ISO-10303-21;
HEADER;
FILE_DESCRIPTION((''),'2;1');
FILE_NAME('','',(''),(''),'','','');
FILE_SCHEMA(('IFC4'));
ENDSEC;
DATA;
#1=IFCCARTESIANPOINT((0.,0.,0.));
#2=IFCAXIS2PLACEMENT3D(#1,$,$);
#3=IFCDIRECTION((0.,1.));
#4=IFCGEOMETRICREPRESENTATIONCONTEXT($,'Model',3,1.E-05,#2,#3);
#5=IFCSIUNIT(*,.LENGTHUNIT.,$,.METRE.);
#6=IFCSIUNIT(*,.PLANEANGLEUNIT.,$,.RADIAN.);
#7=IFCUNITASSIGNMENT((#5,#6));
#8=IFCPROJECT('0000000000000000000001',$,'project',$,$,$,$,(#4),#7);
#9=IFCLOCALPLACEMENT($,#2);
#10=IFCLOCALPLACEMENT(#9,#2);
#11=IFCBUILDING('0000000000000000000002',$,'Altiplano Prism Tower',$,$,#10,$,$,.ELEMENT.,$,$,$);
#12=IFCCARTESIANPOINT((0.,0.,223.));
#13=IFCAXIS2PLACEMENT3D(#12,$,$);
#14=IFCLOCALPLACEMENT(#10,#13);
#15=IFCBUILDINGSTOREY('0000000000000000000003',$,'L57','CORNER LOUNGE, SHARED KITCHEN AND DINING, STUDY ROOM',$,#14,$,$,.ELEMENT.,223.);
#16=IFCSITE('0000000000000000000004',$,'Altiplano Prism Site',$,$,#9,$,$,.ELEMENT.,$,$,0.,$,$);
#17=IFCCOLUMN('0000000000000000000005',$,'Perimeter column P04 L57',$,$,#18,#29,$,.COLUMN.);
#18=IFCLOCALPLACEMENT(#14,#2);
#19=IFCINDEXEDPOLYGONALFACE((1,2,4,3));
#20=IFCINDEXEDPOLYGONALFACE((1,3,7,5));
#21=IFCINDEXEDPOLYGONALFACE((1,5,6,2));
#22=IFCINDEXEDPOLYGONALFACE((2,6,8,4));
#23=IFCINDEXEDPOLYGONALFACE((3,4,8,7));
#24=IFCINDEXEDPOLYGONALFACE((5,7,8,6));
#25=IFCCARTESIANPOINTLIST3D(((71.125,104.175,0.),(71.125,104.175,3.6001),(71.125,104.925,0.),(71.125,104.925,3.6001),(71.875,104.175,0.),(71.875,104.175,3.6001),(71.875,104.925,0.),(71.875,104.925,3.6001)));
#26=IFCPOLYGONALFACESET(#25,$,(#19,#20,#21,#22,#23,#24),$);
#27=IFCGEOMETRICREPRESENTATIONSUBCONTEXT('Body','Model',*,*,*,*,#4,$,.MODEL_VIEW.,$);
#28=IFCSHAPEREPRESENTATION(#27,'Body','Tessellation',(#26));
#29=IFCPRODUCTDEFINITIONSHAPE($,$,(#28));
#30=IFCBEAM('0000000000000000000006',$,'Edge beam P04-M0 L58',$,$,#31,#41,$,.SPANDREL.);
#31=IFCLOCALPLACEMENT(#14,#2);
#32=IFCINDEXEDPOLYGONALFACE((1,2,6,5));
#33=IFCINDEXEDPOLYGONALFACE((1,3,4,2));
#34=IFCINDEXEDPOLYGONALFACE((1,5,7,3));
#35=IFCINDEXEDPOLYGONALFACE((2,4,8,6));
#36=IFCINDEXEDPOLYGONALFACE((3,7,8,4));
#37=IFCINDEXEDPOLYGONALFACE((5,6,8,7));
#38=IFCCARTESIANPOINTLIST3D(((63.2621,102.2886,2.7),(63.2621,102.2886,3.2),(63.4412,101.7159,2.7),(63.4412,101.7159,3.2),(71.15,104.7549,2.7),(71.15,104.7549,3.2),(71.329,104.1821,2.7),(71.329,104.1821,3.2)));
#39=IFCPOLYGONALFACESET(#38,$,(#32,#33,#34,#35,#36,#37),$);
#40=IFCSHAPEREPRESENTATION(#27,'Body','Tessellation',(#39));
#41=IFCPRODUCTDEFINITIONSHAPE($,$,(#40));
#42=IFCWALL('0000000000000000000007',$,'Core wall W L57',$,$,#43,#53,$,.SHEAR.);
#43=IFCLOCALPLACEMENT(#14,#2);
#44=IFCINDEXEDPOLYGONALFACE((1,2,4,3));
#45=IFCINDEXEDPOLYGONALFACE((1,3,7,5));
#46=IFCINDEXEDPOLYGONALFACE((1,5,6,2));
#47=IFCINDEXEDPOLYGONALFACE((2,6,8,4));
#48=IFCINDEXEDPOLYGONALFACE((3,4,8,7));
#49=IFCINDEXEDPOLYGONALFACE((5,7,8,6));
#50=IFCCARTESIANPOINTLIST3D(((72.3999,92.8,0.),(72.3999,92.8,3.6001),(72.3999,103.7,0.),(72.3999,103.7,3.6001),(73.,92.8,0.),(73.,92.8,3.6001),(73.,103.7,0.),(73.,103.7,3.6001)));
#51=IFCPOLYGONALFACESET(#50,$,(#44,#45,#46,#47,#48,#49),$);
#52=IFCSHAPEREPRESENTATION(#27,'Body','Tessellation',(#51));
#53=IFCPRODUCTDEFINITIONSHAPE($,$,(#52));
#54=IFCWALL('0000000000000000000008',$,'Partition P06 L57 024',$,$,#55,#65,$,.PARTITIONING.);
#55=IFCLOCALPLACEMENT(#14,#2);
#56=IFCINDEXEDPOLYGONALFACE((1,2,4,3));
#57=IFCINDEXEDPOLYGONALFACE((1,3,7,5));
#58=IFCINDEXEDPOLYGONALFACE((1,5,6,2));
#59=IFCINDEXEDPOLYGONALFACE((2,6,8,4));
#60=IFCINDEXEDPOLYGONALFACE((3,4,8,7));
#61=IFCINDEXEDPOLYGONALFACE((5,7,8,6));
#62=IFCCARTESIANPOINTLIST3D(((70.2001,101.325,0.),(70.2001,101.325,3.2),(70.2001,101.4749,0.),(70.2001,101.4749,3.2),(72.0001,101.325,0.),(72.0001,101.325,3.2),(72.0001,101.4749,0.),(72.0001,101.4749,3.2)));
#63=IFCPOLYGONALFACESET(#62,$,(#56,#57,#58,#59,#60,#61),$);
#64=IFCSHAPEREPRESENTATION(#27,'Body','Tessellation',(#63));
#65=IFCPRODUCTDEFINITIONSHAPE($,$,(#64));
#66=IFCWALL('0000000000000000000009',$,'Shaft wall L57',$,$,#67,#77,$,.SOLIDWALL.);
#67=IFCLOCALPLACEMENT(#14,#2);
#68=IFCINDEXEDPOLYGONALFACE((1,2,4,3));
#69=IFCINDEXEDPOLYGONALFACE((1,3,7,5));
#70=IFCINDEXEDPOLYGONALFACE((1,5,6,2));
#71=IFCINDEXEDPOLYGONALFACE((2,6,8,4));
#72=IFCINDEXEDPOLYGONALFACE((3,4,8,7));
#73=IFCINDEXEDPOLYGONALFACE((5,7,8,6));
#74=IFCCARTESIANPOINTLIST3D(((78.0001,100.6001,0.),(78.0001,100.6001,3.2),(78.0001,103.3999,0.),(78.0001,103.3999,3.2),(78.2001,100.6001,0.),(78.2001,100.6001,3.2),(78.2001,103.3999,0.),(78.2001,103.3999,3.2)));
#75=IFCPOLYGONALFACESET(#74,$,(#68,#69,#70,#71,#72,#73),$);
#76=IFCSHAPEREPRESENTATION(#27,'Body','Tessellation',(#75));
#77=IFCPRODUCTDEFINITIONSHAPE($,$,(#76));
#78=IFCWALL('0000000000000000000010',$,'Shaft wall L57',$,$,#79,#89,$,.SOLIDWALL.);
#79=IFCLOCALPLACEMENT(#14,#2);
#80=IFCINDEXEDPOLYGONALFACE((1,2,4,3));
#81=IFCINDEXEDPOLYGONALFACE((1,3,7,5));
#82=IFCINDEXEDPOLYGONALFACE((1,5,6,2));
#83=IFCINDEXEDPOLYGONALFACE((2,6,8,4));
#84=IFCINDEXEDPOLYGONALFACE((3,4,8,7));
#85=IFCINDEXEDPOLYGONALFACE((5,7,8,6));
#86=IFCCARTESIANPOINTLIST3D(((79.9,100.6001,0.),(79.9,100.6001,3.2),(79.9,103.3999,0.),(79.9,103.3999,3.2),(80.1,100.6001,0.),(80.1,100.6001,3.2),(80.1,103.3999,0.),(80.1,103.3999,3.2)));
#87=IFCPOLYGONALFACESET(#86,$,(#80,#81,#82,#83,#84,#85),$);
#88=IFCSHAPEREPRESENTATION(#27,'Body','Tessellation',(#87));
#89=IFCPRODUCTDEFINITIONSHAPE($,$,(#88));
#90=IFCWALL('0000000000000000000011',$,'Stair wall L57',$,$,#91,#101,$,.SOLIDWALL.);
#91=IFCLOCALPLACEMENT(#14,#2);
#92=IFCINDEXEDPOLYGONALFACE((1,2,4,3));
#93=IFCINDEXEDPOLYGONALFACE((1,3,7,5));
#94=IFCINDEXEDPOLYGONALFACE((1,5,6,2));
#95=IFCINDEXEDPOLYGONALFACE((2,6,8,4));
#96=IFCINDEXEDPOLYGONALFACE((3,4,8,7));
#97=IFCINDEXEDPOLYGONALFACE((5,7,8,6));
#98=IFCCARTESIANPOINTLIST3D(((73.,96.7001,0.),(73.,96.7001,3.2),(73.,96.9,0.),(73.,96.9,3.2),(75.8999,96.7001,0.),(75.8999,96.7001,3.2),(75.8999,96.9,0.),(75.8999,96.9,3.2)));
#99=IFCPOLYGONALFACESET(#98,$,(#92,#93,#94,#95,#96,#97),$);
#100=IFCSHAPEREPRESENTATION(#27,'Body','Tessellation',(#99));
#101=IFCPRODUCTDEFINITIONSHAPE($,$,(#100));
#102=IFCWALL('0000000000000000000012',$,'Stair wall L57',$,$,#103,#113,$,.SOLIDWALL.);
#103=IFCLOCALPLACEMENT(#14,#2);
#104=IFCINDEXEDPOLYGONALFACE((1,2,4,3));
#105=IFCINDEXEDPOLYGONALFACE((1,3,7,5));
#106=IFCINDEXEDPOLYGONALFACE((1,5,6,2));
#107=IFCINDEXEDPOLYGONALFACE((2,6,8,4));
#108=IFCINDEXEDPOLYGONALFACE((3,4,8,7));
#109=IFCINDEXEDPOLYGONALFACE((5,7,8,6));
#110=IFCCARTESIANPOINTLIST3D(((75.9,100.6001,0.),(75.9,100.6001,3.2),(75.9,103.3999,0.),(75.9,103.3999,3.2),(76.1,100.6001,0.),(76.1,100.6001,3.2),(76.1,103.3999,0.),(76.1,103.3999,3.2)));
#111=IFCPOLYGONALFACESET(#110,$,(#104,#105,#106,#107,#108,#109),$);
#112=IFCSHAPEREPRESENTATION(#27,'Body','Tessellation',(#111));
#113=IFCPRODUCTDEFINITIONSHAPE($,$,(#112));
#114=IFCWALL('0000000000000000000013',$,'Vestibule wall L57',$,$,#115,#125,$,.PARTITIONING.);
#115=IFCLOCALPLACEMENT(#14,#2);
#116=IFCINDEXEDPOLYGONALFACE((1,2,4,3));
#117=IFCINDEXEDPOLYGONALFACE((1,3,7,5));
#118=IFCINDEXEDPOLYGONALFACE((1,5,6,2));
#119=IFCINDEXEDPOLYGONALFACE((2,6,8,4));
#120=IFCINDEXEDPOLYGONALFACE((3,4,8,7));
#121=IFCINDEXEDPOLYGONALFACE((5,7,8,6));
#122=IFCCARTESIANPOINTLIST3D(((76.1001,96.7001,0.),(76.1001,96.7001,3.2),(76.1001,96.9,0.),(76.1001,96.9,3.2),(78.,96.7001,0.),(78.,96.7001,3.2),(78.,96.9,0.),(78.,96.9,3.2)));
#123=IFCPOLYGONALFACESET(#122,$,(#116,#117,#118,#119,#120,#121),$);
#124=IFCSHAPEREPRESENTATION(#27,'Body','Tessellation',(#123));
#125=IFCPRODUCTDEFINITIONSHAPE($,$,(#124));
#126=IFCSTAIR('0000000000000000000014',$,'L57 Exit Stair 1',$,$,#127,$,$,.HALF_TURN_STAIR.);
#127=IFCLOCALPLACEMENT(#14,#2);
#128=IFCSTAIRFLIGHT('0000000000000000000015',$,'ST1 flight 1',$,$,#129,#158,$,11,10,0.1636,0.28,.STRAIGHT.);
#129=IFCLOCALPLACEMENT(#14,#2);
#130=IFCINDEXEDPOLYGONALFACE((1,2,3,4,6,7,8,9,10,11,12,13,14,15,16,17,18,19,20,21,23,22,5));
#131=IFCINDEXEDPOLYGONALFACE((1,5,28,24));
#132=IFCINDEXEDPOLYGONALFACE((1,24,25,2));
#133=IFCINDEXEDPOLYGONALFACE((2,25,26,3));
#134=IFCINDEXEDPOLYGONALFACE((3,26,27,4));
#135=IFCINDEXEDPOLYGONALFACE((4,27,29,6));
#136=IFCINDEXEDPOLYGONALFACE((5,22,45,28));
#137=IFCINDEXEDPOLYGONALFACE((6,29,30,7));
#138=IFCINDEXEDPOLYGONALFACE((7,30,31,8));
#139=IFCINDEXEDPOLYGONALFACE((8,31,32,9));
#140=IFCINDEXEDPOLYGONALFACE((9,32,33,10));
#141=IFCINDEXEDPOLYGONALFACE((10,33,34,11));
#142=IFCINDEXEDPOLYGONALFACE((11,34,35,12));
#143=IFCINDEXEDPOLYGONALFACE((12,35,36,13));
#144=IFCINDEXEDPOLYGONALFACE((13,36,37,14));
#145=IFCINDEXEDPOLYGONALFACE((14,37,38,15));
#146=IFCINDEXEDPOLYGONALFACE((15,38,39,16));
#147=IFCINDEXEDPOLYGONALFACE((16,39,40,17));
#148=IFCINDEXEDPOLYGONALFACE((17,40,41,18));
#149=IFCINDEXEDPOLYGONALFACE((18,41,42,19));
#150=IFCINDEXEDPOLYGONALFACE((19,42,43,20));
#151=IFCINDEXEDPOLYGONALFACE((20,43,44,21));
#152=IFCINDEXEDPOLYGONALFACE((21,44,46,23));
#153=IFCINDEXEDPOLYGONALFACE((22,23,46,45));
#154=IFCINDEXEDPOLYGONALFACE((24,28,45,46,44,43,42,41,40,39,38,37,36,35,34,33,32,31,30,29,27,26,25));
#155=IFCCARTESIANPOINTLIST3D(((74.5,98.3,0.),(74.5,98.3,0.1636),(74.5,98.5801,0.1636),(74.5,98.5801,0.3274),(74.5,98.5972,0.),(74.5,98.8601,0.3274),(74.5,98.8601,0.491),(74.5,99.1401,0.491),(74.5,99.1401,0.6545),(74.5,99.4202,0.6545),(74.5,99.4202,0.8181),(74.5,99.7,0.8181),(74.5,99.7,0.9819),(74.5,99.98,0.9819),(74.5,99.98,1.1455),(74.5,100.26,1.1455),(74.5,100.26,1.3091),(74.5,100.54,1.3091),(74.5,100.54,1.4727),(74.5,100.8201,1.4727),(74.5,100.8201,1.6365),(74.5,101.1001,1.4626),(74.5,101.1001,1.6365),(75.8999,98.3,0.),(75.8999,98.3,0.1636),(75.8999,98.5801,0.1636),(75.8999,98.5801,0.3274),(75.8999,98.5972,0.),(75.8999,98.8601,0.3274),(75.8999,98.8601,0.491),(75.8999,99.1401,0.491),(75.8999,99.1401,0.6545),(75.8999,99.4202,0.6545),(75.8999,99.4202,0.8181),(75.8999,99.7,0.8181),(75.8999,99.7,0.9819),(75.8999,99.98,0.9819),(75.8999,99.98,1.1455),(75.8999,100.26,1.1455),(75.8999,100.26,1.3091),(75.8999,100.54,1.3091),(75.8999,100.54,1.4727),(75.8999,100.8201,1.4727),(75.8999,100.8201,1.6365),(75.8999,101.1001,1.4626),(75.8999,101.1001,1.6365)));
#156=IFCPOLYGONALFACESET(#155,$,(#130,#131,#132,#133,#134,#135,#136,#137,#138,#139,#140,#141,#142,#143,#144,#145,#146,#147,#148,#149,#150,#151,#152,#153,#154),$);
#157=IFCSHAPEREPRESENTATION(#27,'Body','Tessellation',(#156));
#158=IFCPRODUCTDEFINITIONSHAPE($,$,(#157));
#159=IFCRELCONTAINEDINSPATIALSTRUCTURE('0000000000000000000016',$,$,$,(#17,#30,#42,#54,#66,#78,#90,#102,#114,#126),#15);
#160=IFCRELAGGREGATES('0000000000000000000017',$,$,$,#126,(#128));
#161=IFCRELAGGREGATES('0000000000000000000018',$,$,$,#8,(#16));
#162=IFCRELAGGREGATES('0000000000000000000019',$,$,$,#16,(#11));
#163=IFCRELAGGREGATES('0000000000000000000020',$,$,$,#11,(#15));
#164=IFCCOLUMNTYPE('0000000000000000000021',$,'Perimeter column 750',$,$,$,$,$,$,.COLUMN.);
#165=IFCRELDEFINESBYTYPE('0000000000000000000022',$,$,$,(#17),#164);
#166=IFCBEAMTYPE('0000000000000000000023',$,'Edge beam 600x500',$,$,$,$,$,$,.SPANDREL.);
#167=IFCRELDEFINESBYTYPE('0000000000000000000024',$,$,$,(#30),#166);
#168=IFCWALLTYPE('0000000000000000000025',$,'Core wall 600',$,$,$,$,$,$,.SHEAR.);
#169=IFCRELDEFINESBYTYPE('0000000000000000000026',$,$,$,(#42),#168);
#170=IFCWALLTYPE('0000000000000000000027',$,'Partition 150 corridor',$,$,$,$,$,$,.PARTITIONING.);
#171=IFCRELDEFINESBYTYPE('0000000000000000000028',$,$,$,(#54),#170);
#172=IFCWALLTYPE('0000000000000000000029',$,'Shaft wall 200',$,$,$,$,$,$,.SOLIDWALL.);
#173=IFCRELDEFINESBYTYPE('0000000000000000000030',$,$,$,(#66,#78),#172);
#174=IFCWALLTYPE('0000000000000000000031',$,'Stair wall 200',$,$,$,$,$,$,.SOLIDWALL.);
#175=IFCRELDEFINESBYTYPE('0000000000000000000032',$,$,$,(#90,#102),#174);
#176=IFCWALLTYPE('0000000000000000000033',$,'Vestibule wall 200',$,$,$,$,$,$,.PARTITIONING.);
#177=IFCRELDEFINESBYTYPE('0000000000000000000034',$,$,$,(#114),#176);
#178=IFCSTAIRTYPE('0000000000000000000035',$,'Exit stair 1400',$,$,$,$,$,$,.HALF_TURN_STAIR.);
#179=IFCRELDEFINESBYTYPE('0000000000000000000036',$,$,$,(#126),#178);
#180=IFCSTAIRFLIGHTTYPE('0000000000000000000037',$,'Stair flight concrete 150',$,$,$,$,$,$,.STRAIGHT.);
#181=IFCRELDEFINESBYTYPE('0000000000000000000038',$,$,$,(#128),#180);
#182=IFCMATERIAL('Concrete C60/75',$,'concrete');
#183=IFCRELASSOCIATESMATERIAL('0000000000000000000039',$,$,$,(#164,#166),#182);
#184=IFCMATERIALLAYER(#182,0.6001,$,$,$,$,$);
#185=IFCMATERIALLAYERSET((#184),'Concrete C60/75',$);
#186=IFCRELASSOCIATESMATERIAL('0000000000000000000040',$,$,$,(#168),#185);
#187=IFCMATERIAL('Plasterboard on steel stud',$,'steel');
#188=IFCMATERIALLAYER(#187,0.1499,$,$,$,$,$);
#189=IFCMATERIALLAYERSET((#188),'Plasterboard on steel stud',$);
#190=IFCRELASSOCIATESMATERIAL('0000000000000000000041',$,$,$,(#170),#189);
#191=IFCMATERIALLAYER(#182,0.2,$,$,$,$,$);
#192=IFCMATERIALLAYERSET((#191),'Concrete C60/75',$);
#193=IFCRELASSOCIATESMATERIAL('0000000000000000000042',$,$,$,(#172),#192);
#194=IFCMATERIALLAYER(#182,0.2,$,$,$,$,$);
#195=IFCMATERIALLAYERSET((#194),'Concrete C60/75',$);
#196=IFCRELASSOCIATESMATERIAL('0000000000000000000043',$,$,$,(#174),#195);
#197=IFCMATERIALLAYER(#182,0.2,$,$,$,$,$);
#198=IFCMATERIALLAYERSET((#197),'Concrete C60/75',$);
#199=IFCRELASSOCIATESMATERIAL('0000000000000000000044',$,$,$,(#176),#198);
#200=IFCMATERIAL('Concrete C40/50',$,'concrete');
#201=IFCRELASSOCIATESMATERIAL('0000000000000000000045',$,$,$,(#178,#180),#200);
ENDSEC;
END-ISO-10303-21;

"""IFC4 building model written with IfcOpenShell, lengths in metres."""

from ifc_helpers import new_model, si_unit, direction, frame, frame_2d, origin, origin_2d, place, context, subcontext, project, spatial, polyline, rectangle, outline, extrude, material, layer, layer_set, material_profile, profile_set, type_object, element, aggregate, save


model = new_model("IFC4")

# Units and contexts
model_context = context("Model", 3, precision=1e-05, world=origin(), true_north=direction((0.0, 1.0)))
body_context = subcontext(model_context, "Body", "Model", "MODEL_VIEW")
ifc_project = project(units=[si_unit("LENGTHUNIT", "METRE"), si_unit("PLANEANGLEUNIT", "RADIAN")], contexts=[model_context])

# Site, building, storey
site_placement = place(None, origin())
site = spatial("IfcSite", under=ifc_project, at=site_placement, Name="Altiplano Prism Site", CompositionType="ELEMENT", RefElevation=0.0)
building_placement = place(site_placement, origin())
building = spatial("IfcBuilding", under=site, at=building_placement, Name="Altiplano Prism Tower", CompositionType="ELEMENT")
storey_placement = place(building_placement, frame((0.0, 0.0, 223.0)))
storey = spatial("IfcBuildingStorey", under=building, at=storey_placement, Name="L57", Description="CORNER LOUNGE, SHARED KITCHEN AND DINING, STUDY ROOM", CompositionType="ELEMENT", Elevation=223.0)

# Column
ifc_material_1 = material(Name="Concrete C60/75", Category="concrete")
ifc_material_profile_1 = material_profile(ifc_material_1, rectangle(XDim=0.75, YDim=0.75, at=origin_2d()), Name="Perimeter column 750")
ifc_profile_set_1 = profile_set([ifc_material_profile_1], Name="Concrete C60/75")
column_type = type_object("IfcColumnType", Name="Perimeter column 750", PredefinedType="COLUMN", material=ifc_profile_set_1)
column_placement = place(storey_placement, frame((71.5, 104.55, 0.0), z_axis=(0.0, 0.0, 1.0), x_axis=(1.0, 0.0, 0.0)))
element("IfcColumn", 1, at=column_placement, inside=storey, type_object=column_type, Name="Perimeter column P04 L57", PredefinedType="COLUMN", context=body_context, shape_type="SweptSolid", body=[
    extrude(rectangle(XDim=0.75, YDim=0.75, at=origin_2d()), origin(), (0.0, 0.0, 1.0), 3.6001),
])

# Beam
ifc_material_profile_2 = material_profile(ifc_material_1, rectangle(XDim=0.6001, YDim=0.5, at=origin_2d()), Name="Edge beam 600x500")
ifc_profile_set_2 = profile_set([ifc_material_profile_2], Name="Concrete C60/75")
beam_type = type_object("IfcBeamType", Name="Edge beam 600x500", PredefinedType="SPANDREL", material=ifc_profile_set_2)
beam_placement = place(storey_placement, frame((71.2395, 104.4685, 2.95), z_axis=(-0.954434, -0.298421, 0.0), x_axis=(0.298421, -0.954434, 0.0)))
element("IfcBeam", 2, at=beam_placement, inside=storey, type_object=beam_type, Name="Edge beam P04-M0 L58", PredefinedType="SPANDREL", context=body_context, shape_type="SweptSolid", body=[
    extrude(rectangle(XDim=0.6001, YDim=0.5, at=origin_2d()), origin(), (0.0, 0.0, 1.0), 8.2644),
])

# Walls
ifc_layer_1 = layer(ifc_material_1, 0.6001)
ifc_layer_set_1 = layer_set([ifc_layer_1], Name="Concrete C60/75")
wall_type_1 = type_object("IfcWallType", Name="Core wall 600", PredefinedType="SHEAR", material=ifc_layer_set_1)
wall_1_placement = place(storey_placement, frame((72.7, 103.7, 0.0), z_axis=(0.0, 0.0, 1.0), x_axis=(0.0, -1.0, 0.0)))
element("IfcWall", 3, at=wall_1_placement, inside=storey, type_object=wall_type_1, Name="Core wall W L57", PredefinedType="SHEAR", context=body_context, shape_type="SweptSolid", body=[
    extrude(rectangle(XDim=10.8999, YDim=0.6001, at=frame_2d((5.45, 0.0))), origin(), (0.0, 0.0, 1.0), 3.6001),
])
ifc_material_2 = material(Name="Plasterboard on steel stud", Category="steel")
ifc_layer_2 = layer(ifc_material_2, 0.1499)
ifc_layer_set_2 = layer_set([ifc_layer_2], Name="Plasterboard on steel stud")
wall_type_2 = type_object("IfcWallType", Name="Partition 150 corridor", PredefinedType="PARTITIONING", material=ifc_layer_set_2)
wall_2_placement = place(storey_placement, frame((72.0, 101.3999, 0.0), z_axis=(0.0, 0.0, 1.0), x_axis=(-1.0, 0.0, 0.0)))
element("IfcWall", 4, at=wall_2_placement, inside=storey, type_object=wall_type_2, Name="Partition P06 L57 024", PredefinedType="PARTITIONING", context=body_context, shape_type="SweptSolid", body=[
    extrude(rectangle(XDim=1.8, YDim=0.1499, at=frame_2d((0.8999, 0.0))), origin(), (0.0, 0.0, 1.0), 3.2),
])
ifc_layer_3 = layer(ifc_material_1, 0.2)
ifc_layer_set_3 = layer_set([ifc_layer_3], Name="Concrete C60/75")
wall_type_3 = type_object("IfcWallType", Name="Shaft wall 200", PredefinedType="SOLIDWALL", material=ifc_layer_set_3)
for number, where, z_axis, x_axis, name in (
    (5, (78.1001, 100.6001, 0.0), (0.0, 0.0, 1.0), (0.0, 1.0, 0.0), "Shaft wall L57"),
    (6, (80.0, 100.6001, 0.0), (0.0, 0.0, 1.0), (0.0, 1.0, 0.0), "Shaft wall L57"),
):
    element("IfcWall", number, at=place(storey_placement, frame(where, z_axis=z_axis, x_axis=x_axis)), inside=storey, type_object=wall_type_3, Name=name, PredefinedType="SOLIDWALL", context=body_context, shape_type="SweptSolid", body=[
        extrude(rectangle(XDim=2.7998, YDim=0.2, at=frame_2d((1.3999, 0.0))), origin(), (0.0, 0.0, 1.0), 3.2),
    ])
ifc_layer_4 = layer(ifc_material_1, 0.2)
ifc_layer_set_4 = layer_set([ifc_layer_4], Name="Concrete C60/75")
wall_type_4 = type_object("IfcWallType", Name="Stair wall 200", PredefinedType="SOLIDWALL", material=ifc_layer_set_4)
wall_3_placement = place(storey_placement, frame((73.0, 96.8, 0.0), z_axis=(0.0, 0.0, 1.0), x_axis=(1.0, 0.0, 0.0)))
element("IfcWall", 7, at=wall_3_placement, inside=storey, type_object=wall_type_4, Name="Stair wall L57", PredefinedType="SOLIDWALL", context=body_context, shape_type="SweptSolid", body=[
    extrude(rectangle(XDim=2.8999, YDim=0.2, at=frame_2d((1.45, 0.0))), origin(), (0.0, 0.0, 1.0), 3.2),
])

# Walls
wall_4_placement = place(storey_placement, frame((76.0, 100.6001, 0.0), z_axis=(0.0, 0.0, 1.0), x_axis=(0.0, 1.0, 0.0)))
element("IfcWall", 8, at=wall_4_placement, inside=storey, type_object=wall_type_4, Name="Stair wall L57", PredefinedType="SOLIDWALL", context=body_context, shape_type="SweptSolid", body=[
    extrude(rectangle(XDim=2.7998, YDim=0.2, at=frame_2d((1.3999, 0.0))), origin(), (0.0, 0.0, 1.0), 3.2),
])
ifc_layer_5 = layer(ifc_material_1, 0.2)
ifc_layer_set_5 = layer_set([ifc_layer_5], Name="Concrete C60/75")
wall_type_5 = type_object("IfcWallType", Name="Vestibule wall 200", PredefinedType="PARTITIONING", material=ifc_layer_set_5)
wall_5_placement = place(storey_placement, frame((76.1001, 96.8, 0.0), z_axis=(0.0, 0.0, 1.0), x_axis=(1.0, 0.0, 0.0)))
element("IfcWall", 9, at=wall_5_placement, inside=storey, type_object=wall_type_5, Name="Vestibule wall L57", PredefinedType="PARTITIONING", context=body_context, shape_type="SweptSolid", body=[
    extrude(rectangle(XDim=1.8999, YDim=0.2, at=frame_2d((0.95, 0.0))), origin(), (0.0, 0.0, 1.0), 3.2),
])

# Stair, stair flight
ifc_material_3 = material(Name="Concrete C40/50", Category="concrete")
stair_type = type_object("IfcStairType", Name="Exit stair 1400", PredefinedType="HALF_TURN_STAIR", material=ifc_material_3)
stair_placement = place(storey_placement, origin())
stair = element("IfcStair", 10, at=stair_placement, inside=storey, type_object=stair_type, Name="L57 Exit Stair 1", PredefinedType="HALF_TURN_STAIR")
stair_flight_type = type_object("IfcStairFlightType", Name="Stair flight concrete 150", PredefinedType="STRAIGHT", material=ifc_material_3)
stair_flight_1_placement = place(storey_placement, frame((75.2, 98.3, 0.0), z_axis=(0.0, 0.0, 1.0), x_axis=(0.0, 1.0, 0.0)))
stair_flight_1 = element("IfcStairFlight", 11, at=stair_flight_1_placement, type_object=stair_flight_type, Name="ST1 flight 1", NumberOfRisers=11, NumberOfTreads=10, PredefinedType="STRAIGHT", RiserHeight=0.1636, TreadLength=0.28, context=body_context, shape_type="SweptSolid", body=[
    extrude(outline(polyline([(0.0, 0.0), (0.0, 0.1636), (0.28, 0.1636), (0.28, 0.3274), (0.5601, 0.3274), (0.5601, 0.491), (0.8401, 0.491), (0.8401, 0.6545), (1.1201, 0.6545), (1.1201, 0.8181), (1.3999, 0.8181), (1.3999, 0.9819), (1.6799, 0.9819), (1.6799, 1.1455), (1.96, 1.1455), (1.96, 1.3091), (2.24, 1.3091), (2.24, 1.4727), (2.52, 1.4727), (2.52, 1.6365), (2.8, 1.6365), (2.8, 1.8), (2.8, 1.4626), (0.2971, 0.0), (0.0, 0.0)])), frame((0.0, 0.7, 0.0), z_axis=(0.0, -1.0, 0.0), x_axis=(1.0, 0.0, 0.0)), (0.0, 0.0, 1.0), 1.3999),
])
aggregate(stair, [stair_flight_1])

save(model, "model.ifc")
